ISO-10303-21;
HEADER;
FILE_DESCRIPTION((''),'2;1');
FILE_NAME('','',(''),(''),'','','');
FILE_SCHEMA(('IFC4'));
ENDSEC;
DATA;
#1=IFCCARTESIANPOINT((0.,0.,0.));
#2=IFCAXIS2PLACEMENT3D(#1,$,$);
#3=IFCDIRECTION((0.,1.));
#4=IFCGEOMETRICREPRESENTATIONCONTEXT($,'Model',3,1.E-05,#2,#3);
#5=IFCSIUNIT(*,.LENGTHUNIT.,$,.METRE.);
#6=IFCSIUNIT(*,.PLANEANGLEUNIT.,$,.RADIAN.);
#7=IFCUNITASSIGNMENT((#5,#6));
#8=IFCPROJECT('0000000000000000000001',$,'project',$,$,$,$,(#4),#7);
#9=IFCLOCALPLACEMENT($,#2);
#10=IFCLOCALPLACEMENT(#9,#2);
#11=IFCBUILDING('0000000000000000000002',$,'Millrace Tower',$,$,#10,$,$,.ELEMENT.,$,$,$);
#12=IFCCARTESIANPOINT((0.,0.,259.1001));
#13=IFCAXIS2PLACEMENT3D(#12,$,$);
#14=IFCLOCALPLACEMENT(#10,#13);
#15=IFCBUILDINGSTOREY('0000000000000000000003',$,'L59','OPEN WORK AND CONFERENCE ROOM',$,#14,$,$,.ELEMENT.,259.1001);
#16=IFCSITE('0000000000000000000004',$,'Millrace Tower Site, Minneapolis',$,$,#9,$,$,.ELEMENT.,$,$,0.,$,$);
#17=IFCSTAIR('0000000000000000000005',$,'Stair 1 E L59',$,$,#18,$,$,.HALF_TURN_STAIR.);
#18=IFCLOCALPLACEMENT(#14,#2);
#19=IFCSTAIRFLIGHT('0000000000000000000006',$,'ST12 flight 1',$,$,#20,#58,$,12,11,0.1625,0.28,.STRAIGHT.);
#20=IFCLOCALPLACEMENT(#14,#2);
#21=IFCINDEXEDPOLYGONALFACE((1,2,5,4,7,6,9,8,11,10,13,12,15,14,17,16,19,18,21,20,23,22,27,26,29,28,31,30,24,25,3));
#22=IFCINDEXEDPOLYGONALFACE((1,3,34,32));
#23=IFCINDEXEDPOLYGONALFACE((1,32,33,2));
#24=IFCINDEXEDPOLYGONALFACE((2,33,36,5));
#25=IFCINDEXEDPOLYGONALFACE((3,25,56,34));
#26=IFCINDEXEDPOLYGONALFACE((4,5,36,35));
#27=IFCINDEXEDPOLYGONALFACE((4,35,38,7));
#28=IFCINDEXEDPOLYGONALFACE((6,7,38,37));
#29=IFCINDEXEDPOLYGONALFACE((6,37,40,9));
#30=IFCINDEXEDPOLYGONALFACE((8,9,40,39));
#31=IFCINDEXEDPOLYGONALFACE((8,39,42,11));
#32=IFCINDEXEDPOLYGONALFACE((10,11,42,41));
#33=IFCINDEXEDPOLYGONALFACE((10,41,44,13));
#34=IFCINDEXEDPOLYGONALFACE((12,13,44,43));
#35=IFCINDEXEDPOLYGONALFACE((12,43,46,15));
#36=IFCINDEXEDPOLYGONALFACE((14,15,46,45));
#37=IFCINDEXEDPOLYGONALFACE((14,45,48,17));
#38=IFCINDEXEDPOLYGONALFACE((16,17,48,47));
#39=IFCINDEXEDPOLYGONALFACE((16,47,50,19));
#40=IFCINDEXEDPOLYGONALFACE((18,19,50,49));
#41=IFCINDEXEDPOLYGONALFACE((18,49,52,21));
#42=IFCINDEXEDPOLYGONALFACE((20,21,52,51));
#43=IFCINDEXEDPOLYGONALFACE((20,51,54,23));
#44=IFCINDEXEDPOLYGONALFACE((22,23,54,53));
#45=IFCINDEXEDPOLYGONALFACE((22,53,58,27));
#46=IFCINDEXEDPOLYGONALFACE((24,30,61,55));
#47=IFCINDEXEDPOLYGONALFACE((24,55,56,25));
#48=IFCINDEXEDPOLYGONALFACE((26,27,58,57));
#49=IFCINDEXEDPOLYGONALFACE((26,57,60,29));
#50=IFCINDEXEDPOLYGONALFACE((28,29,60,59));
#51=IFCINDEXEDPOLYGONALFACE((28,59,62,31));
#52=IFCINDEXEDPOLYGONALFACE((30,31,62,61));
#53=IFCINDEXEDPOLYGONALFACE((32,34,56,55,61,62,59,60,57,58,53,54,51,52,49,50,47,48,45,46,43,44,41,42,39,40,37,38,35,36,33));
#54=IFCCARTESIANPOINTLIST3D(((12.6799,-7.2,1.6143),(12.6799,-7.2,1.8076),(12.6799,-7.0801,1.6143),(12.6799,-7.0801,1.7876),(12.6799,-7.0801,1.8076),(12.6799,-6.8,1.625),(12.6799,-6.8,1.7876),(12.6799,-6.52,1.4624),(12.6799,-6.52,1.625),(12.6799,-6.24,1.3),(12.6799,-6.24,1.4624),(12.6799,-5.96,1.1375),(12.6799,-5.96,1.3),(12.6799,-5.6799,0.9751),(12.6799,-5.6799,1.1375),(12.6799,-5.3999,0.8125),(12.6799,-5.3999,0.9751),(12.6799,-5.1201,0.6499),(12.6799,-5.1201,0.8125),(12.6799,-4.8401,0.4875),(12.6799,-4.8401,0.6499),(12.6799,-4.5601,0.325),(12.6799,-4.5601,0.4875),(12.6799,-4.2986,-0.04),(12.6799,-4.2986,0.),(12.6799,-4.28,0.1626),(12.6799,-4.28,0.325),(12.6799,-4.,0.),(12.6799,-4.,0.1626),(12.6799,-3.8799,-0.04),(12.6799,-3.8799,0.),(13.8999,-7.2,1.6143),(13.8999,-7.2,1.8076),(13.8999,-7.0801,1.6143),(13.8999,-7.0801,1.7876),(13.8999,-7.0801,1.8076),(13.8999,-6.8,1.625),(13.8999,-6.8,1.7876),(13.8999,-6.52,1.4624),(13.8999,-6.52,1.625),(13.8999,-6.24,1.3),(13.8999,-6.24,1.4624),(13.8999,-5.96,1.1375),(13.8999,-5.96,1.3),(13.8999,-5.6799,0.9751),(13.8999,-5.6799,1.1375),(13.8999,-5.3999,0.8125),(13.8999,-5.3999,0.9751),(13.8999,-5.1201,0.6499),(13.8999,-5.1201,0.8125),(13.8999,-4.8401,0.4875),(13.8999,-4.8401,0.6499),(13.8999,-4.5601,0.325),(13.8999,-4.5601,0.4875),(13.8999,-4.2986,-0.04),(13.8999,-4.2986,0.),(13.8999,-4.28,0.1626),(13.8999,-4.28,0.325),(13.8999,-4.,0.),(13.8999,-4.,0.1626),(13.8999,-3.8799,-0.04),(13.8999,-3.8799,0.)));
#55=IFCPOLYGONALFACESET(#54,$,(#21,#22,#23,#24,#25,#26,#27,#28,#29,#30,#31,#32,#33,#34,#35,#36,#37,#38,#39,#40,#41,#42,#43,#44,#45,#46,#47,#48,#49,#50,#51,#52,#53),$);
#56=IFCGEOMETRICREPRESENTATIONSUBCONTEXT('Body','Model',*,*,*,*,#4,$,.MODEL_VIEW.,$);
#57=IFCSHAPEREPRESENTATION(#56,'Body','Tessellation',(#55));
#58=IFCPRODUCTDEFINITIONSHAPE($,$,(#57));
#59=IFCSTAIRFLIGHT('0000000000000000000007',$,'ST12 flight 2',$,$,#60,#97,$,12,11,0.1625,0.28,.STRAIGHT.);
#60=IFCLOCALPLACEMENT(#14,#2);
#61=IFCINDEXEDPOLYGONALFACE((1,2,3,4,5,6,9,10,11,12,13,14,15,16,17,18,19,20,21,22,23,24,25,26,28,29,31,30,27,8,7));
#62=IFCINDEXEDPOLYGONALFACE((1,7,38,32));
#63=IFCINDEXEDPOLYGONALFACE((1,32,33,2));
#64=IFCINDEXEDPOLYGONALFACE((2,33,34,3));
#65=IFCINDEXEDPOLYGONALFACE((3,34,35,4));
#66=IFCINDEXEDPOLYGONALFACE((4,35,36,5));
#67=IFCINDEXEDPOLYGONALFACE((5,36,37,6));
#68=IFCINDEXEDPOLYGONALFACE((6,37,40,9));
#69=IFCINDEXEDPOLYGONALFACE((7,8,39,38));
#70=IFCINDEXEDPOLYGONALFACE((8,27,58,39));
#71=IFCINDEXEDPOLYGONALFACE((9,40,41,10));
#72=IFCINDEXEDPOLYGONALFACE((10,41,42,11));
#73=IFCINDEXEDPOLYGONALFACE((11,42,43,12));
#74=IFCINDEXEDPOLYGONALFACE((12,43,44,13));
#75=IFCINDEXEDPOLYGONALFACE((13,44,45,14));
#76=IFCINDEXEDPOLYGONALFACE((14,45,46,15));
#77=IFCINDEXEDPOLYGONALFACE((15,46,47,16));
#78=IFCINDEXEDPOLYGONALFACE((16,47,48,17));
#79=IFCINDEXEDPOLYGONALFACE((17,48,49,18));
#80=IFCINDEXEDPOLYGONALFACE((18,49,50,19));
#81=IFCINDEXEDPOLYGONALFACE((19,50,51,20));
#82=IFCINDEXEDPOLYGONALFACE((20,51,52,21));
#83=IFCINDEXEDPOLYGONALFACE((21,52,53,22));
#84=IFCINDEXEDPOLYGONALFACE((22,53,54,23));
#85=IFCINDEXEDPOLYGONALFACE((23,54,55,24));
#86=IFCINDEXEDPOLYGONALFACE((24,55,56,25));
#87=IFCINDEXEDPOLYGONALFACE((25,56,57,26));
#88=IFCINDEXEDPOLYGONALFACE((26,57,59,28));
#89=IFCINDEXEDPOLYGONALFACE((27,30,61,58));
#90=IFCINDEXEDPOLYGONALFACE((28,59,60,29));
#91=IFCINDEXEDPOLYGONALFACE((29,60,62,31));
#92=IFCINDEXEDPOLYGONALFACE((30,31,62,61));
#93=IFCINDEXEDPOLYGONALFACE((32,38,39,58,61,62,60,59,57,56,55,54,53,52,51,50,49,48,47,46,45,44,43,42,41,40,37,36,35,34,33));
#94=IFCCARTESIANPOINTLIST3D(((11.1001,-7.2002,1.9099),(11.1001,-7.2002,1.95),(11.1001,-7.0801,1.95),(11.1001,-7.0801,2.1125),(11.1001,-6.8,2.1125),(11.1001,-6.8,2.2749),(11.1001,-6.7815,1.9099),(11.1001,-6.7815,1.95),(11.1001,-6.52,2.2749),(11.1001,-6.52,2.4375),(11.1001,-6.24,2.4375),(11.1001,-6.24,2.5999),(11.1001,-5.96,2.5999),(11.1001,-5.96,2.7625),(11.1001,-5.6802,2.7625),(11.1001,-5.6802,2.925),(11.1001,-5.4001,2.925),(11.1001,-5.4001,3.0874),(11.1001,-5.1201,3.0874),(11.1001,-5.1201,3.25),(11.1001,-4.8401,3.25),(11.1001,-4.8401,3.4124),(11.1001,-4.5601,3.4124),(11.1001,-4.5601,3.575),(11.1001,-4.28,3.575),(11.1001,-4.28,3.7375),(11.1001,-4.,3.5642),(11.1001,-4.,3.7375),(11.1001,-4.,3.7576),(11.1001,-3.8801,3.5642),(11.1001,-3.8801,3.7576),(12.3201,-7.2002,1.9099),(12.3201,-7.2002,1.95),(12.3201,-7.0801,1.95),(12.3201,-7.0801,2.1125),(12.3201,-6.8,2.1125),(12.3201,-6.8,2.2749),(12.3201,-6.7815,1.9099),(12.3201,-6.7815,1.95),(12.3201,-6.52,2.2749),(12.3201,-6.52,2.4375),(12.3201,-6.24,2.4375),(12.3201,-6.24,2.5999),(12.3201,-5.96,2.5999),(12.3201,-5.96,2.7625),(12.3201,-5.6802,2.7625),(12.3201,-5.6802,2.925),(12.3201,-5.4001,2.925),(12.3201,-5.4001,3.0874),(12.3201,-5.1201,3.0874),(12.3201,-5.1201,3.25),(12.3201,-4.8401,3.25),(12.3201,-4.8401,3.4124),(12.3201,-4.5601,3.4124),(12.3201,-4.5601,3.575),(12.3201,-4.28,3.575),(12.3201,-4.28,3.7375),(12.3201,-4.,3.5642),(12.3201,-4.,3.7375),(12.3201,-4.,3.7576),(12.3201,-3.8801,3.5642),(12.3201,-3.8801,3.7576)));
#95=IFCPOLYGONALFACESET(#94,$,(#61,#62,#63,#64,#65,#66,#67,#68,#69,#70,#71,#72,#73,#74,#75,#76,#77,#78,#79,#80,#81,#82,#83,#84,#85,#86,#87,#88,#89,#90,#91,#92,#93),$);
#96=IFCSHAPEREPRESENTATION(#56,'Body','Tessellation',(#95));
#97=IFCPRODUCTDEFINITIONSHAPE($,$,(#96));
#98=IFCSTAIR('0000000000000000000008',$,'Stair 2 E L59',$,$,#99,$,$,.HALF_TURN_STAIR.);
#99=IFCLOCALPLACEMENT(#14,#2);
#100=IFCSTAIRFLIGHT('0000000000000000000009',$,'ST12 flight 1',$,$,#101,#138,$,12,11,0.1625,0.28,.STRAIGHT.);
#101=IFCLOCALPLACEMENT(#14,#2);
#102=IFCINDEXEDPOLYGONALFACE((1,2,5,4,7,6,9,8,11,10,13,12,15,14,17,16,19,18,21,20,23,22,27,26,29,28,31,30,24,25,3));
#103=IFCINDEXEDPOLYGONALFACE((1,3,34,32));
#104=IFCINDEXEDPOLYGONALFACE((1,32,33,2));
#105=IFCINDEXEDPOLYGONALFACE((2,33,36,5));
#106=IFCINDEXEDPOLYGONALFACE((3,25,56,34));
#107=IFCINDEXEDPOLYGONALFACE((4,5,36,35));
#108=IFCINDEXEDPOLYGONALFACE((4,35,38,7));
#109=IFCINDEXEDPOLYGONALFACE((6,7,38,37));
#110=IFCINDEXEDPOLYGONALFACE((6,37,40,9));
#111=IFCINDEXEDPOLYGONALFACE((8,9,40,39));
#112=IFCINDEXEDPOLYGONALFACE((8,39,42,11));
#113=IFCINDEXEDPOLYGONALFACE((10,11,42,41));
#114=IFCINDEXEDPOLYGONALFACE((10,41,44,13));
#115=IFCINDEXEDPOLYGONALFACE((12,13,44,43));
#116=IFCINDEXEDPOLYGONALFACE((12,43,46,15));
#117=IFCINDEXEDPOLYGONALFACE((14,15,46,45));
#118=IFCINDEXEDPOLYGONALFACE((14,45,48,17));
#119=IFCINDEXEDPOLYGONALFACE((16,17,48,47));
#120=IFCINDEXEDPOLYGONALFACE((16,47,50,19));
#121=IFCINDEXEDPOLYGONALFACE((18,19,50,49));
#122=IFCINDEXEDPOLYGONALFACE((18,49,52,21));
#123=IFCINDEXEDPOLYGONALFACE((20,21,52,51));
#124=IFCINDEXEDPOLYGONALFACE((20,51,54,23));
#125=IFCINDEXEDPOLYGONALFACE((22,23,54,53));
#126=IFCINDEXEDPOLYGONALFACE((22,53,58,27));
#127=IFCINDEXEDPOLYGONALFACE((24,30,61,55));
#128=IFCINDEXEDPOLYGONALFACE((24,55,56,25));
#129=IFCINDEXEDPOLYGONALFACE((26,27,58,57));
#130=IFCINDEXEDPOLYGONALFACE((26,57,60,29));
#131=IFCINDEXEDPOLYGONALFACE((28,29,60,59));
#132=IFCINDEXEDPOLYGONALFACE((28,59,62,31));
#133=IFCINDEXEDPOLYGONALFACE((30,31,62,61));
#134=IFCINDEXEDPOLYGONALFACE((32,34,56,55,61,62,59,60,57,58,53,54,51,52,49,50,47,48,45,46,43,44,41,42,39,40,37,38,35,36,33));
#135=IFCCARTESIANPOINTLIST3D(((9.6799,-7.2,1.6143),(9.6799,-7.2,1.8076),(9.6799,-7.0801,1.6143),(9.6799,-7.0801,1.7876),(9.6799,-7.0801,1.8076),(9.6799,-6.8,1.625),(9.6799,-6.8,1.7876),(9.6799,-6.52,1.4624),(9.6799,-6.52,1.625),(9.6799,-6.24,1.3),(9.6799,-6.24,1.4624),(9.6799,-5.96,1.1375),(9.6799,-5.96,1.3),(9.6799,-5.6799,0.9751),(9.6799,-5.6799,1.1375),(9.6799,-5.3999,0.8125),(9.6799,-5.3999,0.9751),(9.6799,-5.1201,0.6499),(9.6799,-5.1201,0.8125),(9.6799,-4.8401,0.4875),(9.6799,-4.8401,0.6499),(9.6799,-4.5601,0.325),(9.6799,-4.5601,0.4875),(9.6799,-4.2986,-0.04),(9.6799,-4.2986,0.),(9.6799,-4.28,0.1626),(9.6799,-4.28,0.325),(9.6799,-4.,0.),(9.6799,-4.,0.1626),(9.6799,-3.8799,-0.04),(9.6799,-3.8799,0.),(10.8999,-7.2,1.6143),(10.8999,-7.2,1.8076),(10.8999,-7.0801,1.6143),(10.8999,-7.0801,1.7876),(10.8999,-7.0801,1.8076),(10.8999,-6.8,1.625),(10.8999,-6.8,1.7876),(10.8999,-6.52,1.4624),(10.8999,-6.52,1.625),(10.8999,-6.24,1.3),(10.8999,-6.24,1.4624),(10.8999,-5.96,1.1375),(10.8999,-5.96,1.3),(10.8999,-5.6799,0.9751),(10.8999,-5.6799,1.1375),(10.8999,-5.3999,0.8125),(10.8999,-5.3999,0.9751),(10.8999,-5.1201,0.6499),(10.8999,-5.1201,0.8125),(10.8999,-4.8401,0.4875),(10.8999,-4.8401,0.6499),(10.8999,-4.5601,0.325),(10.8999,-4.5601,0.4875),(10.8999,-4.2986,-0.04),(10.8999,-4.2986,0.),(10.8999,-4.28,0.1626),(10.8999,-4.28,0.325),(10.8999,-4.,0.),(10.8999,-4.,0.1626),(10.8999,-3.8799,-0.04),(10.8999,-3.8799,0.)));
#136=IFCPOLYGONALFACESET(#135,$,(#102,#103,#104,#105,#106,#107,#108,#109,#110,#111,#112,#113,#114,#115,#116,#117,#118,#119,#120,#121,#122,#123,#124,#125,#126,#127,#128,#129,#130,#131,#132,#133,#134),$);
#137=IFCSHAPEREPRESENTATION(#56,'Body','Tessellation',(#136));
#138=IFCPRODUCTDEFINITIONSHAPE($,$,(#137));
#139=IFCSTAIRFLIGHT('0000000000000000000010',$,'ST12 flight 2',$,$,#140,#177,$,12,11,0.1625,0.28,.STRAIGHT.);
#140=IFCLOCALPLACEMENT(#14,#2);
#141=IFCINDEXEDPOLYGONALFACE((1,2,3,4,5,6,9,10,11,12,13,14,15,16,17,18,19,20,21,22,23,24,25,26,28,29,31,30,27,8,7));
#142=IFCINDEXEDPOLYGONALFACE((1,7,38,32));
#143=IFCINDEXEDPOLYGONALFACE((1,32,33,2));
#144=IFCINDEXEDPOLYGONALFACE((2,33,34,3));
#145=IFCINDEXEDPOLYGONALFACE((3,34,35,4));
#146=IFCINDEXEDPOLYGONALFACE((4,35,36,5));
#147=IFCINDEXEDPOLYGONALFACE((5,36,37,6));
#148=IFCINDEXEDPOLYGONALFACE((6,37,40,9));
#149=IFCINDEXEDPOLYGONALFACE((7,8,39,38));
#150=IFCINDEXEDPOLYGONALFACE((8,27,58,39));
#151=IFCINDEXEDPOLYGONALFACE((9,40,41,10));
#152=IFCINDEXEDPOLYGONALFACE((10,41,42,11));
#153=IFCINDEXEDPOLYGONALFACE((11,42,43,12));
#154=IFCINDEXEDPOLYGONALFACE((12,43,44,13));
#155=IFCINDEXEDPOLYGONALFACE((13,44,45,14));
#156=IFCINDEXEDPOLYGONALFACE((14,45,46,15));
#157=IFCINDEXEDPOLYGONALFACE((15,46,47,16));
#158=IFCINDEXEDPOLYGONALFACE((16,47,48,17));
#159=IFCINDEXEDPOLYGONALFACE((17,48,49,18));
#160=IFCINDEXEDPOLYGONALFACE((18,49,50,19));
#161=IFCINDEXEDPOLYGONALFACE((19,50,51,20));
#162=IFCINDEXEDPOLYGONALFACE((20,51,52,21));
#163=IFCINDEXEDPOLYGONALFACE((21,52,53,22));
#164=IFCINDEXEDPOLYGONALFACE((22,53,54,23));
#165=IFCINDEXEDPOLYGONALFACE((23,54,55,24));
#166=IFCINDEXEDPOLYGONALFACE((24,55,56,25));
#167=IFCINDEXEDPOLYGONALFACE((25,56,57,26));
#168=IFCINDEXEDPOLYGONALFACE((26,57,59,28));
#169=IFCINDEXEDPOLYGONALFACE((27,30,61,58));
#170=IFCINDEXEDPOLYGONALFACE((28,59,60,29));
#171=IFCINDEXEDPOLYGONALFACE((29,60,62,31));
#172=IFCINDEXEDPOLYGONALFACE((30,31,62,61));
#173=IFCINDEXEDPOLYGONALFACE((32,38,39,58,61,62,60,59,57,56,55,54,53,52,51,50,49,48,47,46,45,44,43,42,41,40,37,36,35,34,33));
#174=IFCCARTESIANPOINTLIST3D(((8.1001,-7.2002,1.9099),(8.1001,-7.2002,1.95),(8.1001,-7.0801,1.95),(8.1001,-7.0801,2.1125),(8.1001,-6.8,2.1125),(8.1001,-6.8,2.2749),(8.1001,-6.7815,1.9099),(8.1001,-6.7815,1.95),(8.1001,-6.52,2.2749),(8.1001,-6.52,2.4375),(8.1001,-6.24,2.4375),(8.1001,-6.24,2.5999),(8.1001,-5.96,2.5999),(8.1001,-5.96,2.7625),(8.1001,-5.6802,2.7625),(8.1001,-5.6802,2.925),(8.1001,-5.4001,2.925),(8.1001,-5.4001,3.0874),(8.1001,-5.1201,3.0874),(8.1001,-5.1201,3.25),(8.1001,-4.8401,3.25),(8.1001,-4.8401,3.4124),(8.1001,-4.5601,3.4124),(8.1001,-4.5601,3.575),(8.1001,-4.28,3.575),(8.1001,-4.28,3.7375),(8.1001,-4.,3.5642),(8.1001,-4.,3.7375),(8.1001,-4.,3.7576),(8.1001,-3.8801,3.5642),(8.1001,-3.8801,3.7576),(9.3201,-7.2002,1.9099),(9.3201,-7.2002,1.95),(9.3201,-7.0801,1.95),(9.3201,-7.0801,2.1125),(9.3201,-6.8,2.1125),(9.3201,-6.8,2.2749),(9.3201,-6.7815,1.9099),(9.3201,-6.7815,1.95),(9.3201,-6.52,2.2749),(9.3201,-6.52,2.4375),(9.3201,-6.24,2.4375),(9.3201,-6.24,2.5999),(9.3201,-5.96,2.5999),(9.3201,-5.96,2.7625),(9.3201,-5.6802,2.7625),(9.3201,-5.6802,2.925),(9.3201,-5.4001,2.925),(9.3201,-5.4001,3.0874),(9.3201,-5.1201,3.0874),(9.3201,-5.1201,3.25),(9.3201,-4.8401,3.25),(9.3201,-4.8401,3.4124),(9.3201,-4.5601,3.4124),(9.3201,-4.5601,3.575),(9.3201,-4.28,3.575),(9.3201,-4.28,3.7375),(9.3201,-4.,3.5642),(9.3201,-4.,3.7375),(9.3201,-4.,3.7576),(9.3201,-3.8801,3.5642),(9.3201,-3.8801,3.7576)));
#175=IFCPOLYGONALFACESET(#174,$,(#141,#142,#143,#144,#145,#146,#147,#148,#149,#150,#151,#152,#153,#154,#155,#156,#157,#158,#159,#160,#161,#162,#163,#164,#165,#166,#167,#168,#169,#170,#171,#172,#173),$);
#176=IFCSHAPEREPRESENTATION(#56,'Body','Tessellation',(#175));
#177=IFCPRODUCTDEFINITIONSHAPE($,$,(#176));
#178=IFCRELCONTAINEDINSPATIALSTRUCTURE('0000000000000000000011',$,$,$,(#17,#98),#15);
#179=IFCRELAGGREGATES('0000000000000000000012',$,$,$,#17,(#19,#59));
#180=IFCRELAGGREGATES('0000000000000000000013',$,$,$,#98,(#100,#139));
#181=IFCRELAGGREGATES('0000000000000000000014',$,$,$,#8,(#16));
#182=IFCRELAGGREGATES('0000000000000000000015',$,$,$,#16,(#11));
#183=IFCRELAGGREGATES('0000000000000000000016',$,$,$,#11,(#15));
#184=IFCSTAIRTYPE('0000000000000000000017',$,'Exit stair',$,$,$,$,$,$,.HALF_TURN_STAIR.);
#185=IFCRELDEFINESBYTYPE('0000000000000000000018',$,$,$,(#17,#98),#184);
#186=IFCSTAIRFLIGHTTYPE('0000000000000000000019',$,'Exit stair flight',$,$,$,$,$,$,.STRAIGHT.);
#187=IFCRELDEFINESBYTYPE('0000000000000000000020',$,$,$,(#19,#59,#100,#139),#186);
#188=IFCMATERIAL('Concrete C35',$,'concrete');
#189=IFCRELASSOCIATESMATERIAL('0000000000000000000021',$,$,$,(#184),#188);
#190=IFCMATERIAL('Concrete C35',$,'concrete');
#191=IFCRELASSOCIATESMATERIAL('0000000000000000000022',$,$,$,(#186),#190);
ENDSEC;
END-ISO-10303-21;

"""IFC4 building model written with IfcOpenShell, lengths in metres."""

from ifc_helpers import new_model, si_unit, direction, frame, origin, place, context, subcontext, project, spatial, polyline, outline, extrude, material, type_object, element, aggregate, save


model = new_model("IFC4")

# Units and contexts
model_context = context("Model", 3, precision=1e-05, world=origin(), true_north=direction((0.0, 1.0)))
body_context = subcontext(model_context, "Body", "Model", "MODEL_VIEW")
ifc_project = project(units=[si_unit("LENGTHUNIT", "METRE"), si_unit("PLANEANGLEUNIT", "RADIAN")], contexts=[model_context])

# Site, building, storey
site_placement = place(None, origin())
site = spatial("IfcSite", under=ifc_project, at=site_placement, Name="Millrace Tower Site, Minneapolis", CompositionType="ELEMENT", RefElevation=0.0)
building_placement = place(site_placement, origin())
building = spatial("IfcBuilding", under=site, at=building_placement, Name="Millrace Tower", CompositionType="ELEMENT")
storey_placement = place(building_placement, frame((0.0, 0.0, 259.1001)))
storey = spatial("IfcBuildingStorey", under=building, at=storey_placement, Name="L59", Description="OPEN WORK AND CONFERENCE ROOM", CompositionType="ELEMENT", Elevation=259.1001)

# Shared definitions
placement = place(storey_placement, origin())

# Stairs, stair flights
ifc_material_1 = material(Name="Concrete C35", Category="concrete")
stair_type = type_object("IfcStairType", Name="Exit stair", PredefinedType="HALF_TURN_STAIR", material=ifc_material_1)
stair_1 = element("IfcStair", 1, at=placement, inside=storey, type_object=stair_type, Name="Stair 1 E L59", PredefinedType="HALF_TURN_STAIR")
ifc_material_2 = material(Name="Concrete C35", Category="concrete")
stair_flight_type = type_object("IfcStairFlightType", Name="Exit stair flight", PredefinedType="STRAIGHT", material=ifc_material_2)
stair_flight_1_placement = place(storey_placement, frame((13.29, -4.0, 0.0), z_axis=(0.0, 0.0, 1.0), x_axis=(0.0, -1.0, 0.0)))
stair_flight_1 = element("IfcStairFlight", 2, at=stair_flight_1_placement, type_object=stair_flight_type, Name="ST12 flight 1", NumberOfRisers=12, NumberOfTreads=11, PredefinedType="STRAIGHT", RiserHeight=0.1625, TreadLength=0.28, context=body_context, shape_type="SweptSolid", body=[
    extrude(outline(polyline([(-0.1201, -0.04), (-0.1201, 0.0), (0.0, 0.0), (0.0, 0.1626), (0.28, 0.1626), (0.28, 0.325), (0.5601, 0.325), (0.5601, 0.4875), (0.8401, 0.4875), (0.8401, 0.6499), (1.1201, 0.6499), (1.1201, 0.8125), (1.3999, 0.8125), (1.3999, 0.9751), (1.6799, 0.9751), (1.6799, 1.1375), (1.96, 1.1375), (1.96, 1.3), (2.24, 1.3), (2.24, 1.4624), (2.52, 1.4624), (2.52, 1.625), (2.8, 1.625), (2.8, 1.7876), (3.0801, 1.7876), (3.0801, 1.8076), (3.2, 1.8076), (3.2, 1.6143), (3.0801, 1.6143), (0.2986, 0.0), (0.2986, -0.04), (-0.1201, -0.04)])), frame((0.0, 0.6099, 0.0), z_axis=(0.0, -1.0, 0.0), x_axis=(1.0, 0.0, 0.0)), (0.0, 0.0, 1.0), 1.22),
])
stair_flight_2_placement = place(storey_placement, frame((11.71, -7.0801, 1.95), z_axis=(0.0, 0.0, 1.0), x_axis=(0.0, 1.0, 0.0)))
stair_flight_2 = element("IfcStairFlight", 3, at=stair_flight_2_placement, type_object=stair_flight_type, Name="ST12 flight 2", NumberOfRisers=12, NumberOfTreads=11, PredefinedType="STRAIGHT", RiserHeight=0.1625, TreadLength=0.28, context=body_context, shape_type="SweptSolid", body=[
    extrude(outline(polyline([(-0.1201, -0.04), (-0.1201, 0.0), (0.0, 0.0), (0.0, 0.1626), (0.28, 0.1626), (0.28, 0.325), (0.5601, 0.325), (0.5601, 0.4875), (0.8401, 0.4875), (0.8401, 0.6499), (1.1201, 0.6499), (1.1201, 0.8125), (1.3999, 0.8125), (1.3999, 0.9751), (1.6799, 0.9751), (1.6799, 1.1375), (1.96, 1.1375), (1.96, 1.3), (2.24, 1.3), (2.24, 1.4624), (2.52, 1.4624), (2.52, 1.625), (2.8, 1.625), (2.8, 1.7876), (3.0801, 1.7876), (3.0801, 1.8076), (3.2, 1.8076), (3.2, 1.6143), (3.0801, 1.6143), (0.2986, 0.0), (0.2986, -0.04), (-0.1201, -0.04)])), frame((0.0, 0.6099, 0.0), z_axis=(0.0, -1.0, 0.0), x_axis=(1.0, 0.0, 0.0)), (0.0, 0.0, 1.0), 1.22),
])
aggregate(stair_1, [stair_flight_1, stair_flight_2])
stair_2 = element("IfcStair", 4, at=placement, inside=storey, type_object=stair_type, Name="Stair 2 E L59", PredefinedType="HALF_TURN_STAIR")
stair_flight_3_placement = place(storey_placement, frame((10.29, -4.0, 0.0), z_axis=(0.0, 0.0, 1.0), x_axis=(0.0, -1.0, 0.0)))
stair_flight_3 = element("IfcStairFlight", 5, at=stair_flight_3_placement, type_object=stair_flight_type, Name="ST12 flight 1", NumberOfRisers=12, NumberOfTreads=11, PredefinedType="STRAIGHT", RiserHeight=0.1625, TreadLength=0.28, context=body_context, shape_type="SweptSolid", body=[
    extrude(outline(polyline([(-0.1201, -0.04), (-0.1201, 0.0), (0.0, 0.0), (0.0, 0.1626), (0.28, 0.1626), (0.28, 0.325), (0.5601, 0.325), (0.5601, 0.4875), (0.8401, 0.4875), (0.8401, 0.6499), (1.1201, 0.6499), (1.1201, 0.8125), (1.3999, 0.8125), (1.3999, 0.9751), (1.6799, 0.9751), (1.6799, 1.1375), (1.96, 1.1375), (1.96, 1.3), (2.24, 1.3), (2.24, 1.4624), (2.52, 1.4624), (2.52, 1.625), (2.8, 1.625), (2.8, 1.7876), (3.0801, 1.7876), (3.0801, 1.8076), (3.2, 1.8076), (3.2, 1.6143), (3.0801, 1.6143), (0.2986, 0.0), (0.2986, -0.04), (-0.1201, -0.04)])), frame((0.0, 0.6099, 0.0), z_axis=(0.0, -1.0, 0.0), x_axis=(1.0, 0.0, 0.0)), (0.0, 0.0, 1.0), 1.22),
])
stair_flight_4_placement = place(storey_placement, frame((8.71, -7.0801, 1.95), z_axis=(0.0, 0.0, 1.0), x_axis=(0.0, 1.0, 0.0)))
stair_flight_4 = element("IfcStairFlight", 6, at=stair_flight_4_placement, type_object=stair_flight_type, Name="ST12 flight 2", NumberOfRisers=12, NumberOfTreads=11, PredefinedType="STRAIGHT", RiserHeight=0.1625, TreadLength=0.28, context=body_context, shape_type="SweptSolid", body=[
    extrude(outline(polyline([(-0.1201, -0.04), (-0.1201, 0.0), (0.0, 0.0), (0.0, 0.1626), (0.28, 0.1626), (0.28, 0.325), (0.5601, 0.325), (0.5601, 0.4875), (0.8401, 0.4875), (0.8401, 0.6499), (1.1201, 0.6499), (1.1201, 0.8125), (1.3999, 0.8125), (1.3999, 0.9751), (1.6799, 0.9751), (1.6799, 1.1375), (1.96, 1.1375), (1.96, 1.3), (2.24, 1.3), (2.24, 1.4624), (2.52, 1.4624), (2.52, 1.625), (2.8, 1.625), (2.8, 1.7876), (3.0801, 1.7876), (3.0801, 1.8076), (3.2, 1.8076), (3.2, 1.6143), (3.0801, 1.6143), (0.2986, 0.0), (0.2986, -0.04), (-0.1201, -0.04)])), frame((0.0, 0.6099, 0.0), z_axis=(0.0, -1.0, 0.0), x_axis=(1.0, 0.0, 0.0)), (0.0, 0.0, 1.0), 1.22),
])
aggregate(stair_2, [stair_flight_3, stair_flight_4])

save(model, "model.ifc")
